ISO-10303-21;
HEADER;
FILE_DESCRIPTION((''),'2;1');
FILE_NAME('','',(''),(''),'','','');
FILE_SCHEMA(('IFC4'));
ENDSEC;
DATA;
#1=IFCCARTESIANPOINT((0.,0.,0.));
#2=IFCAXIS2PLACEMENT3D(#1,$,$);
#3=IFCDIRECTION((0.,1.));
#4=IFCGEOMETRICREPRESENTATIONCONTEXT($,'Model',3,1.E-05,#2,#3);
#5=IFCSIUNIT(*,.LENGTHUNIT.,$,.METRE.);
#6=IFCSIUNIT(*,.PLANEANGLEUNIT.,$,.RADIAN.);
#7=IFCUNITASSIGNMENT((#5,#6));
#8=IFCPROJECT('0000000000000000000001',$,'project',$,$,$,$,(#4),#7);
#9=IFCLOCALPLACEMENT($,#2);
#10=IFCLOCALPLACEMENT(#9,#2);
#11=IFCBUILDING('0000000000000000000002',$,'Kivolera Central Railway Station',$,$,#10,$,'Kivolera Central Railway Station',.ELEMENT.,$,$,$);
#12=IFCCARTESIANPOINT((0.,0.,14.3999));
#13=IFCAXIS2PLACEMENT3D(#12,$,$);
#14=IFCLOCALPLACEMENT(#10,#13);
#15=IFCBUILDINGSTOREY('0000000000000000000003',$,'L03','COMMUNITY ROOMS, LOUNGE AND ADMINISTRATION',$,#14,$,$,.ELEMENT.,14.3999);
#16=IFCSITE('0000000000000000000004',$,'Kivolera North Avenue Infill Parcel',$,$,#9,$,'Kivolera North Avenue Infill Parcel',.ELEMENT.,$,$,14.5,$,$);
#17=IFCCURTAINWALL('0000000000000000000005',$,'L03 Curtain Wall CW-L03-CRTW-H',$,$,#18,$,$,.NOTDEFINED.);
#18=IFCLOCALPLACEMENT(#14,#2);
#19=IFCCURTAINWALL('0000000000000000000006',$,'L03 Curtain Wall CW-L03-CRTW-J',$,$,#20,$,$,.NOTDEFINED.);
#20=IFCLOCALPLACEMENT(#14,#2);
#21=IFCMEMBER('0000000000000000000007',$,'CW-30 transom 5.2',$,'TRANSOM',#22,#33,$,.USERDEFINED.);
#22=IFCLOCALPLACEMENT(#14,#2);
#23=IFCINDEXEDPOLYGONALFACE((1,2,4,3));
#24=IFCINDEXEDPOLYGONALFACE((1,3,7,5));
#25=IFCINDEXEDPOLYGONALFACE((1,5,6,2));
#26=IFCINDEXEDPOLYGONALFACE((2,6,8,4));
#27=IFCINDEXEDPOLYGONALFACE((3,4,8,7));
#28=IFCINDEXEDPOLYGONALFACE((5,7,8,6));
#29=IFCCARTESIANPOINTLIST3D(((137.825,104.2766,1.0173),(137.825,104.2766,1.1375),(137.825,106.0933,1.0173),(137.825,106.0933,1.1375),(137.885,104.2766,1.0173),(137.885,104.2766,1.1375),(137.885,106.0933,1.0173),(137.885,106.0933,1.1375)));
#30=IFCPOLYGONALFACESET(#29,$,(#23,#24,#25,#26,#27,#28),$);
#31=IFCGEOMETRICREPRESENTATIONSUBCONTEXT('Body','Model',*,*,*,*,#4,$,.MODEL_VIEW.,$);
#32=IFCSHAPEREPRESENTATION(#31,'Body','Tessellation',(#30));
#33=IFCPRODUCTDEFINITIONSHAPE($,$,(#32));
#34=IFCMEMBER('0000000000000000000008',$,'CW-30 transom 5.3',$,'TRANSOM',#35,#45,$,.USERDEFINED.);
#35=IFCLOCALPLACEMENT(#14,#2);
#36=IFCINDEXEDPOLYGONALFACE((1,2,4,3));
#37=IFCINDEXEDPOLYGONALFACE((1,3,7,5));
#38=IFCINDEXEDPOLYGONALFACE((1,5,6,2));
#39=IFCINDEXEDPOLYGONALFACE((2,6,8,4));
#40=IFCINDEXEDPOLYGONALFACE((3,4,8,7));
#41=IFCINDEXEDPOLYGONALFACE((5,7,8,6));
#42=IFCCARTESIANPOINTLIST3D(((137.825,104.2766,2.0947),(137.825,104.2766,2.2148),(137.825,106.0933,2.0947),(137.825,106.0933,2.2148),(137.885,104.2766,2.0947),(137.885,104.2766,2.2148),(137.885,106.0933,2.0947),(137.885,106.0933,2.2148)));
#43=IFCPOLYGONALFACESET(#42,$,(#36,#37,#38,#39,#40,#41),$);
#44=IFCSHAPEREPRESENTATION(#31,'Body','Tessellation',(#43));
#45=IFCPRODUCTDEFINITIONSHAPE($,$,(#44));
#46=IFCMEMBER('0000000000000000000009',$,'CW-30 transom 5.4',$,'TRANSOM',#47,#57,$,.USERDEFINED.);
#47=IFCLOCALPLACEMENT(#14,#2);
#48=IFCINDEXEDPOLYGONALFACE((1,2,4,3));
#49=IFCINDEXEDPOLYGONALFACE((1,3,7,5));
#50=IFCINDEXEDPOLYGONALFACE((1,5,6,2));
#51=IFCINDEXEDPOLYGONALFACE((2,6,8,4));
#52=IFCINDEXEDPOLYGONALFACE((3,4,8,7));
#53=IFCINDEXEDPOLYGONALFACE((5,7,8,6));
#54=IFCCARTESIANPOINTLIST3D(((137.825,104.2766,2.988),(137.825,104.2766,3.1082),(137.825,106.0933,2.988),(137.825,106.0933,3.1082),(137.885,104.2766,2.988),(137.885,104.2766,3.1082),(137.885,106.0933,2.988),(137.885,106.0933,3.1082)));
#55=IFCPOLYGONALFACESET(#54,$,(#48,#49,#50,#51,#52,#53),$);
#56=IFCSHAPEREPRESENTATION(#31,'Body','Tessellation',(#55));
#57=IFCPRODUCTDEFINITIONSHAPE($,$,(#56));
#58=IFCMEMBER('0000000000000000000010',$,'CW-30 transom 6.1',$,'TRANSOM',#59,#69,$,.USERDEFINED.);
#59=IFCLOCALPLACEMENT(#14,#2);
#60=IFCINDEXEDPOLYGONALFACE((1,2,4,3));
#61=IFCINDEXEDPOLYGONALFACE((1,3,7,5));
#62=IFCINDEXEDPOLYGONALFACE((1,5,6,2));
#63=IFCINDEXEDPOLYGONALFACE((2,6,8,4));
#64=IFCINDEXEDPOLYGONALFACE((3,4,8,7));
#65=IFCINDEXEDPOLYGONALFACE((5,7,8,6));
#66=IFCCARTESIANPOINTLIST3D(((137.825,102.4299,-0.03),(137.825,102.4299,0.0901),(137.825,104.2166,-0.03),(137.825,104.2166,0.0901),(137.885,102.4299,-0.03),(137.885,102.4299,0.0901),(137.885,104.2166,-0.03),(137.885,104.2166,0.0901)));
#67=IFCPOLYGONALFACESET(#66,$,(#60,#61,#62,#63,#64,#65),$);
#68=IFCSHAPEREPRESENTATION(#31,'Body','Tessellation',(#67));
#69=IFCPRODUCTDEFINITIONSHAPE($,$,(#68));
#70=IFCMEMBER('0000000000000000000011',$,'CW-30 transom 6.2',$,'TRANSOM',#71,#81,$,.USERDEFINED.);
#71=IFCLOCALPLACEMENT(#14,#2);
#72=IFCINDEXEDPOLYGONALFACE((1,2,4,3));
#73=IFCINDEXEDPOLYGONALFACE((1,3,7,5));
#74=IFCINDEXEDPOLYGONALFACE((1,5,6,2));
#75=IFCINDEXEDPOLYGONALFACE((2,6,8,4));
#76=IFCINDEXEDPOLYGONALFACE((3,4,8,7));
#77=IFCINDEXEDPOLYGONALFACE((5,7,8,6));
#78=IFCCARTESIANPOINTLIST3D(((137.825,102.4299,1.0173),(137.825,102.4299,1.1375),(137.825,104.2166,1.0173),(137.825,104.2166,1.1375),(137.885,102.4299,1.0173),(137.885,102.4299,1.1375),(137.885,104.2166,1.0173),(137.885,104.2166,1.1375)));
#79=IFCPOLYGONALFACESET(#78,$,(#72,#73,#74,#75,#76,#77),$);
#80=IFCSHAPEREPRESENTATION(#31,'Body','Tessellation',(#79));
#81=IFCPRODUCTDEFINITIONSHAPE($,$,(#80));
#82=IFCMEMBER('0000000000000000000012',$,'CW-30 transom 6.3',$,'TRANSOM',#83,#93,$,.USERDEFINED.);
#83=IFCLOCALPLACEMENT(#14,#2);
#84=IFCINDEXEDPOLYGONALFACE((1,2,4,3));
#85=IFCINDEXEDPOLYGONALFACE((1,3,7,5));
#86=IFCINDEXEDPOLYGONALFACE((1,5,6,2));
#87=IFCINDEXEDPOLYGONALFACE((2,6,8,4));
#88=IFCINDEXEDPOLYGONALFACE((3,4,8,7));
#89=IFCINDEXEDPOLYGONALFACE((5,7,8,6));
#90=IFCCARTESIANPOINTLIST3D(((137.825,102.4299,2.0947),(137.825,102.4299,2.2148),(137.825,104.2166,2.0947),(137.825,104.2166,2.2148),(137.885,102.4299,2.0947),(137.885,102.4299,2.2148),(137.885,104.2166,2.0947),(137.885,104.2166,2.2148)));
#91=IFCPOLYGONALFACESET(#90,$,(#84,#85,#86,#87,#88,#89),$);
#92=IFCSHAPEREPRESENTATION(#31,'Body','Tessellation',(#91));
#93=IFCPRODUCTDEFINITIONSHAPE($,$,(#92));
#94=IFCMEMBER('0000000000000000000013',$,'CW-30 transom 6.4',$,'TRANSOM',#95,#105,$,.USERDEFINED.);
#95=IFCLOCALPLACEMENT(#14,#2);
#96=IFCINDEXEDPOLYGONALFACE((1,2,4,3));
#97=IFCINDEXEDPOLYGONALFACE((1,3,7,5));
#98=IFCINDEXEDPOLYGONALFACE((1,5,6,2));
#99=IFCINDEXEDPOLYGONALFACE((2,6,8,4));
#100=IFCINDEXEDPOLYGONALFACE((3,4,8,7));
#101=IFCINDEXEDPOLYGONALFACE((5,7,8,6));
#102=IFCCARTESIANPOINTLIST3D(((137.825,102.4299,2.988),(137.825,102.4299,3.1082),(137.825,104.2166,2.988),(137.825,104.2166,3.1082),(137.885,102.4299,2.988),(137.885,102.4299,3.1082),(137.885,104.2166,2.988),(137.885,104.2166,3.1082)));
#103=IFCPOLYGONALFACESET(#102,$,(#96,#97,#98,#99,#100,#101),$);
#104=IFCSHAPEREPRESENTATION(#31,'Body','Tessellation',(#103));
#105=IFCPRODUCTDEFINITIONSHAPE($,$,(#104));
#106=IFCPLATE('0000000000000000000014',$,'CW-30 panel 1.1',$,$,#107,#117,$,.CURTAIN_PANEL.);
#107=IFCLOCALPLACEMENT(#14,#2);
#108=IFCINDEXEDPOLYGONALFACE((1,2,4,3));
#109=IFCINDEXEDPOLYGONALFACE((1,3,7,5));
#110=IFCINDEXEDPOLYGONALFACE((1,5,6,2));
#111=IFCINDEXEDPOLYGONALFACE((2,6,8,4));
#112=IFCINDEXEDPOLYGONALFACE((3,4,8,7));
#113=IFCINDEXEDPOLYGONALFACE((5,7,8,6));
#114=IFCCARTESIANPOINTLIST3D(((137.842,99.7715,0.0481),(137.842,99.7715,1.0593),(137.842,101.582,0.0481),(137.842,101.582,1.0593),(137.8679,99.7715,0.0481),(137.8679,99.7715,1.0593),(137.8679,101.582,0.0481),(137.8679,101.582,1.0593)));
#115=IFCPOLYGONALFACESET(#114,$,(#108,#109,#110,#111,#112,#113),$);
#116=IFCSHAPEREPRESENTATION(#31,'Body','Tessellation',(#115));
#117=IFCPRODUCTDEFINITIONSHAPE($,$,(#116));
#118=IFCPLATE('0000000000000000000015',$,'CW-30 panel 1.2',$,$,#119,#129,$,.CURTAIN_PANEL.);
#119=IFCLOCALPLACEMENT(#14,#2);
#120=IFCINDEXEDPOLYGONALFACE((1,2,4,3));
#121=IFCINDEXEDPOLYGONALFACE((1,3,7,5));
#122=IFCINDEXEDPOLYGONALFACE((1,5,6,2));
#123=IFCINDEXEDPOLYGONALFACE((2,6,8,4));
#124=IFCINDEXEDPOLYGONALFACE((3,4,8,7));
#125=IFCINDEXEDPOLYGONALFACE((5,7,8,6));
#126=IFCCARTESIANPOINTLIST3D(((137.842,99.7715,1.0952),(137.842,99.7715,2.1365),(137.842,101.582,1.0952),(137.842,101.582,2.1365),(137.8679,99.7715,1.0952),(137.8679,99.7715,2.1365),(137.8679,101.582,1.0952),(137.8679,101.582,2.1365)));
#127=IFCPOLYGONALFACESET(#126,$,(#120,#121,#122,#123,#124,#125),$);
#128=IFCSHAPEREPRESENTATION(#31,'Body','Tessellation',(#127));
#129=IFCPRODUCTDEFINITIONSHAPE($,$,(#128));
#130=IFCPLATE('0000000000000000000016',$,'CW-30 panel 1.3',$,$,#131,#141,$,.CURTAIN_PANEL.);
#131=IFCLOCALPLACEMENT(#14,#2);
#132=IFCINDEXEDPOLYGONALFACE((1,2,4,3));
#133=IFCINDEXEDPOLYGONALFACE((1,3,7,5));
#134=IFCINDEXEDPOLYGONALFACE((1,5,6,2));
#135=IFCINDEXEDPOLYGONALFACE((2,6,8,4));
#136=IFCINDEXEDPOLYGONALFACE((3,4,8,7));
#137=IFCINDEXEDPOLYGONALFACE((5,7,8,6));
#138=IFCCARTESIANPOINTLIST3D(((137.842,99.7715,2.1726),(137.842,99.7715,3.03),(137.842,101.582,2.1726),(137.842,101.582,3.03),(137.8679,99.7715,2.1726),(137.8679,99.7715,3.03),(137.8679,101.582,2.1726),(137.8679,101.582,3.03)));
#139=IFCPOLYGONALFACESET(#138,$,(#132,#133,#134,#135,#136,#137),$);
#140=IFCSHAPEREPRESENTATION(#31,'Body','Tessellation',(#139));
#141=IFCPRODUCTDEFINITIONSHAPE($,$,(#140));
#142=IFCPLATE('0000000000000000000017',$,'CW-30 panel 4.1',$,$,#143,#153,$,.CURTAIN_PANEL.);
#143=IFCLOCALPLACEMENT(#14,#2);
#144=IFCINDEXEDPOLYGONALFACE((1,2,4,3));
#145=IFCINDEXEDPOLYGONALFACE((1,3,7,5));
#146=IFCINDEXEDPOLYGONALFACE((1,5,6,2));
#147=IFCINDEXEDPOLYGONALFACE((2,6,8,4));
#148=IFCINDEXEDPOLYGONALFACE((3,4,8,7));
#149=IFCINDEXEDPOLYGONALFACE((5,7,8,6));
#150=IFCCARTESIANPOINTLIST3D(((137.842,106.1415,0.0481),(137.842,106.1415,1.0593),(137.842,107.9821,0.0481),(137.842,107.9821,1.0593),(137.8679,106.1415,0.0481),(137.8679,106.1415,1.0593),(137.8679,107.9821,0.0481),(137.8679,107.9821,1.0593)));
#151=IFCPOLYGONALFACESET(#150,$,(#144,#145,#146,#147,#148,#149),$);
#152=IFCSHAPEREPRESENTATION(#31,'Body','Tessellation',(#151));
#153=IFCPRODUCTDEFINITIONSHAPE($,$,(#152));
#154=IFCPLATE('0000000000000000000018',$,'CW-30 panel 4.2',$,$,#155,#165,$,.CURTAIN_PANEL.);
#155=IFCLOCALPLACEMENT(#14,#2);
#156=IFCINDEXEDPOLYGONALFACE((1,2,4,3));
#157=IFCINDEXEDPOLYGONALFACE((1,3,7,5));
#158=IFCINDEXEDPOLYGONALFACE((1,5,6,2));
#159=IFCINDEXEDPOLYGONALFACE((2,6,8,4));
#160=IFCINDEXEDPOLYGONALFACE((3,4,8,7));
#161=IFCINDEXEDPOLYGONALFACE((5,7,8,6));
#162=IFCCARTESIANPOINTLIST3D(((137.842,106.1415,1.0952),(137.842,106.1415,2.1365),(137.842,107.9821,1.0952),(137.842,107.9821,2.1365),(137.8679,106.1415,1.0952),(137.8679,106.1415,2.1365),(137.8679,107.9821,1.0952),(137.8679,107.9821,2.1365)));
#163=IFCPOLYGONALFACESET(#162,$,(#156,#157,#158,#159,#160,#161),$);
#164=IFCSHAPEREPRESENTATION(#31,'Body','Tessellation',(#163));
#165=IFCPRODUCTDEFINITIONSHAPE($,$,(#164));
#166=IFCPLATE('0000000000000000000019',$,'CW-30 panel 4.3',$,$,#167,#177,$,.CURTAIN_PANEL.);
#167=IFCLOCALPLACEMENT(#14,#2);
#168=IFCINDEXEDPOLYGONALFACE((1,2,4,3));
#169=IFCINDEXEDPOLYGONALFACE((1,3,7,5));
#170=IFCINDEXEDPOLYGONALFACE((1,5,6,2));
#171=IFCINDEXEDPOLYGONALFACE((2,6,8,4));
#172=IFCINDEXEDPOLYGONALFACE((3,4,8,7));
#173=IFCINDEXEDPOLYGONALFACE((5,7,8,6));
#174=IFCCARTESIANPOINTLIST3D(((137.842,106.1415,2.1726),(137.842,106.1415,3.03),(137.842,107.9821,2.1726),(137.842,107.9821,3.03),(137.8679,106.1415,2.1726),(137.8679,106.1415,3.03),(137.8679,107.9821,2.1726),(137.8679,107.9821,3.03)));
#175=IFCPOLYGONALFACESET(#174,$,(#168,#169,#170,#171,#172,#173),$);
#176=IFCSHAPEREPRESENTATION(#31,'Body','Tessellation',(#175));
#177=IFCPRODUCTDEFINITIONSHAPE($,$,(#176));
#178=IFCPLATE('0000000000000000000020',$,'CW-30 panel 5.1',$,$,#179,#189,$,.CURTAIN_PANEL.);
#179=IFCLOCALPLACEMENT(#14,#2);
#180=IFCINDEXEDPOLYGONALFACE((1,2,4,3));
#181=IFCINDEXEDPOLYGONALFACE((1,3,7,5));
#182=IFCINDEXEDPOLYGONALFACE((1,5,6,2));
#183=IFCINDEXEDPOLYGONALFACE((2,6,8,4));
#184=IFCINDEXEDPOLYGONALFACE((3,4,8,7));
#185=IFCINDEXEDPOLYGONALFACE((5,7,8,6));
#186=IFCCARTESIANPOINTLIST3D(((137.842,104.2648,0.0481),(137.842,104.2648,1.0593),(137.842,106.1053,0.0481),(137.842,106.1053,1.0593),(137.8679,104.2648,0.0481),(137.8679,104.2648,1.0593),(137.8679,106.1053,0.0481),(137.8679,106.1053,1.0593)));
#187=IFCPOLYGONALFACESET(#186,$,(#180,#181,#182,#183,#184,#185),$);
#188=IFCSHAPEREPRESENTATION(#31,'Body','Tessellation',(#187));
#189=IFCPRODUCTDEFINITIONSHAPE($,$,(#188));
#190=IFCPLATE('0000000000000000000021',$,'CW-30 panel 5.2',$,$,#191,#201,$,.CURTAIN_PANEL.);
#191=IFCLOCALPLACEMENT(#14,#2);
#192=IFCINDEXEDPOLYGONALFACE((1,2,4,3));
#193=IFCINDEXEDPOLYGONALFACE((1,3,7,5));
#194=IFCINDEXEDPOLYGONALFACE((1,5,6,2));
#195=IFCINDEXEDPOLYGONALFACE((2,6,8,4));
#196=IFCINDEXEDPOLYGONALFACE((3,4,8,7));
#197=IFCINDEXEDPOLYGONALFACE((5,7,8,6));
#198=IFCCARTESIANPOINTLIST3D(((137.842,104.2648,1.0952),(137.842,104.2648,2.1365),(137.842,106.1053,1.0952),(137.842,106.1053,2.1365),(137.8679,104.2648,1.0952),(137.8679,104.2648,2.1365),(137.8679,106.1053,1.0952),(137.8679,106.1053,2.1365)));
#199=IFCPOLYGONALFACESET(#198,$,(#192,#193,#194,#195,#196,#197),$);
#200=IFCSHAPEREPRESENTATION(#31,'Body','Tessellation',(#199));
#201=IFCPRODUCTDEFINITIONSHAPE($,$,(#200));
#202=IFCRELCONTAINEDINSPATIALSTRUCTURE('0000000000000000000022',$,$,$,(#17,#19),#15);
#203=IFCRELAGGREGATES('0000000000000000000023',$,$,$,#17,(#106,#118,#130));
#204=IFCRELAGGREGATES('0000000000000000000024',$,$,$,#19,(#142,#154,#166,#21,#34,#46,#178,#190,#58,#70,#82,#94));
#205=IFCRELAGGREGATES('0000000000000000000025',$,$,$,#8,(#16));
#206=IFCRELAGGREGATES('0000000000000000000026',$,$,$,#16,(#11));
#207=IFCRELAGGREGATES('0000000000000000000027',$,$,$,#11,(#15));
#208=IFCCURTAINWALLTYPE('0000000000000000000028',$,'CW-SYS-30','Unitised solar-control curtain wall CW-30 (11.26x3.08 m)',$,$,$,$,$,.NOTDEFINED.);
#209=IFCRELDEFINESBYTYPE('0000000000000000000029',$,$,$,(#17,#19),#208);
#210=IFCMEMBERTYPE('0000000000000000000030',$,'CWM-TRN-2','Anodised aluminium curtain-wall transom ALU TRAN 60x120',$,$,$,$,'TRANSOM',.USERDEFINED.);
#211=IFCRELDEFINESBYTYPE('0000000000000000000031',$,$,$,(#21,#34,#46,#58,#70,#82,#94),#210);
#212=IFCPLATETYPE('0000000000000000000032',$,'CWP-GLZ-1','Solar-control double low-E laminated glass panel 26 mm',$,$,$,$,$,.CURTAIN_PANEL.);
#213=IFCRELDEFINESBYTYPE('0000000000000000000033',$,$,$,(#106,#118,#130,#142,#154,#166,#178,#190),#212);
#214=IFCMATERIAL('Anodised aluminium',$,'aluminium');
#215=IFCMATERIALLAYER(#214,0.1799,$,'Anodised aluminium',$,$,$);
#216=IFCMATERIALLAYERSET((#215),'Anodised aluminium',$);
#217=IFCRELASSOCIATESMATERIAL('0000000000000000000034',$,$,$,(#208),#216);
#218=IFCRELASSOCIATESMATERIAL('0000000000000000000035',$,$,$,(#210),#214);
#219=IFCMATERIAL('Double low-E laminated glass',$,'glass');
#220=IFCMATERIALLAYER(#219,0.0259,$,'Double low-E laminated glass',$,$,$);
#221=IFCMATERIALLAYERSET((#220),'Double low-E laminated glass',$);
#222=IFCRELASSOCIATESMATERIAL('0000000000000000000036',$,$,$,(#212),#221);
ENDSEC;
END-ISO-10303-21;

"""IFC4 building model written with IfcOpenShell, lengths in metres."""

from ifc_helpers import new_model, si_unit, direction, frame, origin, origin_2d, place, context, subcontext, project, spatial, rectangle, extrude, material, layer, layer_set, material_profile, profile_set, type_object, element, aggregate, save


model = new_model("IFC4")

# Units and contexts
model_context = context("Model", 3, precision=1e-05, world=origin(), true_north=direction((0.0, 1.0)))
body_context = subcontext(model_context, "Body", "Model", "MODEL_VIEW")
ifc_project = project(units=[si_unit("LENGTHUNIT", "METRE"), si_unit("PLANEANGLEUNIT", "RADIAN")], contexts=[model_context])

# Site, building, storey
site_placement = place(None, origin())
site = spatial("IfcSite", under=ifc_project, at=site_placement, Name="Kivolera North Avenue Infill Parcel", LongName="Kivolera North Avenue Infill Parcel", CompositionType="ELEMENT", RefElevation=14.5)
building_placement = place(site_placement, origin())
building = spatial("IfcBuilding", under=site, at=building_placement, Name="Kivolera Central Railway Station", LongName="Kivolera Central Railway Station", CompositionType="ELEMENT")
storey_placement = place(building_placement, frame((0.0, 0.0, 14.3999)))
storey = spatial("IfcBuildingStorey", under=building, at=storey_placement, Name="L03", Description="COMMUNITY ROOMS, LOUNGE AND ADMINISTRATION", CompositionType="ELEMENT", Elevation=14.3999)

# Curtain walls
ifc_material_1 = material(Name="Anodised aluminium", Category="aluminium")
ifc_layer_1 = layer(ifc_material_1, 0.1799, Name="Anodised aluminium")
ifc_layer_set_1 = layer_set([ifc_layer_1], Name="Anodised aluminium")
curtain_wall_type = type_object("IfcCurtainWallType", Name="CW-SYS-30", Description="Unitised solar-control curtain wall CW-30 (11.26x3.08 m)", PredefinedType="NOTDEFINED", material=ifc_layer_set_1)
curtain_wall_1_placement = place(storey_placement, origin())
curtain_wall_1 = element("IfcCurtainWall", 1, at=curtain_wall_1_placement, inside=storey, type_object=curtain_wall_type, Name="L03 Curtain Wall CW-L03-CRTW-H", PredefinedType="NOTDEFINED")
curtain_wall_2_placement = place(storey_placement, origin())
curtain_wall_2 = element("IfcCurtainWall", 2, at=curtain_wall_2_placement, inside=storey, type_object=curtain_wall_type, Name="L03 Curtain Wall CW-L03-CRTW-J", PredefinedType="NOTDEFINED")

# Members
ifc_material_profile_1 = material_profile(ifc_material_1, rectangle(XDim=0.0601, YDim=0.1201, at=origin_2d()), Name="ALU TRAN 60x120")
ifc_profile_set_1 = profile_set([ifc_material_profile_1], Name="Anodised aluminium")
member_type_1 = type_object("IfcMemberType", Name="CWM-TRN-2", Description="Anodised aluminium curtain-wall transom ALU TRAN 60x120", ElementType="TRANSOM", PredefinedType="USERDEFINED", material=ifc_profile_set_1)
member_1_placement = place(storey_placement, frame((137.855, 106.0933, 1.0774), z_axis=(0.0, -1.0, 0.0), x_axis=(1.0, 0.0, 0.0)))
member_1 = element("IfcMember", 3, at=member_1_placement, type_object=member_type_1, Name="CW-30 transom 5.2", ObjectType="TRANSOM", PredefinedType="USERDEFINED", context=body_context, shape_type="SweptSolid", body=[
    extrude(rectangle(XDim=0.0601, YDim=0.1201, at=origin_2d()), origin(), (0.0, 0.0, 1.0), 1.8167),
])
member_2_placement = place(storey_placement, frame((137.855, 106.0933, 2.1548), z_axis=(0.0, -1.0, 0.0), x_axis=(1.0, 0.0, 0.0)))
member_2 = element("IfcMember", 4, at=member_2_placement, type_object=member_type_1, Name="CW-30 transom 5.3", ObjectType="TRANSOM", PredefinedType="USERDEFINED", context=body_context, shape_type="SweptSolid", body=[
    extrude(rectangle(XDim=0.0601, YDim=0.1201, at=origin_2d()), origin(), (0.0, 0.0, 1.0), 1.8167),
])
member_3_placement = place(storey_placement, frame((137.855, 106.0933, 3.0481), z_axis=(0.0, -1.0, 0.0), x_axis=(1.0, 0.0, 0.0)))
member_3 = element("IfcMember", 5, at=member_3_placement, type_object=member_type_1, Name="CW-30 transom 5.4", ObjectType="TRANSOM", PredefinedType="USERDEFINED", context=body_context, shape_type="SweptSolid", body=[
    extrude(rectangle(XDim=0.0601, YDim=0.1201, at=origin_2d()), origin(), (0.0, 0.0, 1.0), 1.8167),
])
member_4_placement = place(storey_placement, frame((137.855, 104.2166, 0.03), z_axis=(0.0, -1.0, 0.0), x_axis=(1.0, 0.0, 0.0)))
member_4 = element("IfcMember", 6, at=member_4_placement, type_object=member_type_1, Name="CW-30 transom 6.1", ObjectType="TRANSOM", PredefinedType="USERDEFINED", context=body_context, shape_type="SweptSolid", body=[
    extrude(rectangle(XDim=0.0601, YDim=0.1201, at=origin_2d()), origin(), (0.0, 0.0, 1.0), 1.7866),
])
member_5_placement = place(storey_placement, frame((137.855, 104.2166, 1.0774), z_axis=(0.0, -1.0, 0.0), x_axis=(1.0, 0.0, 0.0)))
member_5 = element("IfcMember", 7, at=member_5_placement, type_object=member_type_1, Name="CW-30 transom 6.2", ObjectType="TRANSOM", PredefinedType="USERDEFINED", context=body_context, shape_type="SweptSolid", body=[
    extrude(rectangle(XDim=0.0601, YDim=0.1201, at=origin_2d()), origin(), (0.0, 0.0, 1.0), 1.7866),
])
member_6_placement = place(storey_placement, frame((137.855, 104.2166, 2.1548), z_axis=(0.0, -1.0, 0.0), x_axis=(1.0, 0.0, 0.0)))
member_6 = element("IfcMember", 8, at=member_6_placement, type_object=member_type_1, Name="CW-30 transom 6.3", ObjectType="TRANSOM", PredefinedType="USERDEFINED", context=body_context, shape_type="SweptSolid", body=[
    extrude(rectangle(XDim=0.0601, YDim=0.1201, at=origin_2d()), origin(), (0.0, 0.0, 1.0), 1.7866),
])
member_7_placement = place(storey_placement, frame((137.855, 104.2166, 3.0481), z_axis=(0.0, -1.0, 0.0), x_axis=(1.0, 0.0, 0.0)))
member_7 = element("IfcMember", 9, at=member_7_placement, type_object=member_type_1, Name="CW-30 transom 6.4", ObjectType="TRANSOM", PredefinedType="USERDEFINED", context=body_context, shape_type="SweptSolid", body=[
    extrude(rectangle(XDim=0.0601, YDim=0.1201, at=origin_2d()), origin(), (0.0, 0.0, 1.0), 1.7866),
])

# Plates
ifc_material_2 = material(Name="Double low-E laminated glass", Category="glass")
ifc_layer_2 = layer(ifc_material_2, 0.0259, Name="Double low-E laminated glass")
ifc_layer_set_2 = layer_set([ifc_layer_2], Name="Double low-E laminated glass")
plate_type = type_object("IfcPlateType", Name="CWP-GLZ-1", Description="Solar-control double low-E laminated glass panel 26 mm", PredefinedType="CURTAIN_PANEL", material=ifc_layer_set_2)
plate_1_placement = place(storey_placement, frame((137.855, 100.6768, 0.0481), z_axis=(0.0, 0.0, 1.0), x_axis=(0.0, -1.0, 0.0)))
plate_1 = element("IfcPlate", 10, at=plate_1_placement, type_object=plate_type, Name="CW-30 panel 1.1", PredefinedType="CURTAIN_PANEL", context=body_context, shape_type="SweptSolid", body=[
    extrude(rectangle(XDim=1.8105, YDim=0.0259, at=origin_2d()), origin(), (0.0, 0.0, 1.0), 1.0112),
])
plate_2_placement = place(storey_placement, frame((137.855, 100.6768, 1.0952), z_axis=(0.0, 0.0, 1.0), x_axis=(0.0, -1.0, 0.0)))
plate_2 = element("IfcPlate", 11, at=plate_2_placement, type_object=plate_type, Name="CW-30 panel 1.2", PredefinedType="CURTAIN_PANEL", context=body_context, shape_type="SweptSolid", body=[
    extrude(rectangle(XDim=1.8105, YDim=0.0259, at=origin_2d()), origin(), (0.0, 0.0, 1.0), 1.0413),
])
plate_3_placement = place(storey_placement, frame((137.855, 100.6768, 2.1726), z_axis=(0.0, 0.0, 1.0), x_axis=(0.0, -1.0, 0.0)))
plate_3 = element("IfcPlate", 12, at=plate_3_placement, type_object=plate_type, Name="CW-30 panel 1.3", PredefinedType="CURTAIN_PANEL", context=body_context, shape_type="SweptSolid", body=[
    extrude(rectangle(XDim=1.8105, YDim=0.0259, at=origin_2d()), origin(), (0.0, 0.0, 1.0), 0.8574),
])
aggregate(curtain_wall_1, [plate_1, plate_2, plate_3])
plate_4_placement = place(storey_placement, frame((137.855, 107.0618, 0.0481), z_axis=(0.0, 0.0, 1.0), x_axis=(0.0, -1.0, 0.0)))
plate_4 = element("IfcPlate", 13, at=plate_4_placement, type_object=plate_type, Name="CW-30 panel 4.1", PredefinedType="CURTAIN_PANEL", context=body_context, shape_type="SweptSolid", body=[
    extrude(rectangle(XDim=1.8406, YDim=0.0259, at=origin_2d()), origin(), (0.0, 0.0, 1.0), 1.0112),
])
plate_5_placement = place(storey_placement, frame((137.855, 107.0618, 1.0952), z_axis=(0.0, 0.0, 1.0), x_axis=(0.0, -1.0, 0.0)))
plate_5 = element("IfcPlate", 14, at=plate_5_placement, type_object=plate_type, Name="CW-30 panel 4.2", PredefinedType="CURTAIN_PANEL", context=body_context, shape_type="SweptSolid", body=[
    extrude(rectangle(XDim=1.8406, YDim=0.0259, at=origin_2d()), origin(), (0.0, 0.0, 1.0), 1.0413),
])
plate_6_placement = place(storey_placement, frame((137.855, 107.0618, 2.1726), z_axis=(0.0, 0.0, 1.0), x_axis=(0.0, -1.0, 0.0)))
plate_6 = element("IfcPlate", 15, at=plate_6_placement, type_object=plate_type, Name="CW-30 panel 4.3", PredefinedType="CURTAIN_PANEL", context=body_context, shape_type="SweptSolid", body=[
    extrude(rectangle(XDim=1.8406, YDim=0.0259, at=origin_2d()), origin(), (0.0, 0.0, 1.0), 0.8574),
])
plate_7_placement = place(storey_placement, frame((137.855, 105.1851, 0.0481), z_axis=(0.0, 0.0, 1.0), x_axis=(0.0, -1.0, 0.0)))
plate_7 = element("IfcPlate", 16, at=plate_7_placement, type_object=plate_type, Name="CW-30 panel 5.1", PredefinedType="CURTAIN_PANEL", context=body_context, shape_type="SweptSolid", body=[
    extrude(rectangle(XDim=1.8406, YDim=0.0259, at=origin_2d()), origin(), (0.0, 0.0, 1.0), 1.0112),
])
plate_8_placement = place(storey_placement, frame((137.855, 105.1851, 1.0952), z_axis=(0.0, 0.0, 1.0), x_axis=(0.0, -1.0, 0.0)))
plate_8 = element("IfcPlate", 17, at=plate_8_placement, type_object=plate_type, Name="CW-30 panel 5.2", PredefinedType="CURTAIN_PANEL", context=body_context, shape_type="SweptSolid", body=[
    extrude(rectangle(XDim=1.8406, YDim=0.0259, at=origin_2d()), origin(), (0.0, 0.0, 1.0), 1.0413),
])
aggregate(curtain_wall_2, [plate_4, plate_5, plate_6, member_1, member_2, member_3, plate_7, plate_8, member_4, member_5, member_6, member_7])

save(model, "model.ifc")
